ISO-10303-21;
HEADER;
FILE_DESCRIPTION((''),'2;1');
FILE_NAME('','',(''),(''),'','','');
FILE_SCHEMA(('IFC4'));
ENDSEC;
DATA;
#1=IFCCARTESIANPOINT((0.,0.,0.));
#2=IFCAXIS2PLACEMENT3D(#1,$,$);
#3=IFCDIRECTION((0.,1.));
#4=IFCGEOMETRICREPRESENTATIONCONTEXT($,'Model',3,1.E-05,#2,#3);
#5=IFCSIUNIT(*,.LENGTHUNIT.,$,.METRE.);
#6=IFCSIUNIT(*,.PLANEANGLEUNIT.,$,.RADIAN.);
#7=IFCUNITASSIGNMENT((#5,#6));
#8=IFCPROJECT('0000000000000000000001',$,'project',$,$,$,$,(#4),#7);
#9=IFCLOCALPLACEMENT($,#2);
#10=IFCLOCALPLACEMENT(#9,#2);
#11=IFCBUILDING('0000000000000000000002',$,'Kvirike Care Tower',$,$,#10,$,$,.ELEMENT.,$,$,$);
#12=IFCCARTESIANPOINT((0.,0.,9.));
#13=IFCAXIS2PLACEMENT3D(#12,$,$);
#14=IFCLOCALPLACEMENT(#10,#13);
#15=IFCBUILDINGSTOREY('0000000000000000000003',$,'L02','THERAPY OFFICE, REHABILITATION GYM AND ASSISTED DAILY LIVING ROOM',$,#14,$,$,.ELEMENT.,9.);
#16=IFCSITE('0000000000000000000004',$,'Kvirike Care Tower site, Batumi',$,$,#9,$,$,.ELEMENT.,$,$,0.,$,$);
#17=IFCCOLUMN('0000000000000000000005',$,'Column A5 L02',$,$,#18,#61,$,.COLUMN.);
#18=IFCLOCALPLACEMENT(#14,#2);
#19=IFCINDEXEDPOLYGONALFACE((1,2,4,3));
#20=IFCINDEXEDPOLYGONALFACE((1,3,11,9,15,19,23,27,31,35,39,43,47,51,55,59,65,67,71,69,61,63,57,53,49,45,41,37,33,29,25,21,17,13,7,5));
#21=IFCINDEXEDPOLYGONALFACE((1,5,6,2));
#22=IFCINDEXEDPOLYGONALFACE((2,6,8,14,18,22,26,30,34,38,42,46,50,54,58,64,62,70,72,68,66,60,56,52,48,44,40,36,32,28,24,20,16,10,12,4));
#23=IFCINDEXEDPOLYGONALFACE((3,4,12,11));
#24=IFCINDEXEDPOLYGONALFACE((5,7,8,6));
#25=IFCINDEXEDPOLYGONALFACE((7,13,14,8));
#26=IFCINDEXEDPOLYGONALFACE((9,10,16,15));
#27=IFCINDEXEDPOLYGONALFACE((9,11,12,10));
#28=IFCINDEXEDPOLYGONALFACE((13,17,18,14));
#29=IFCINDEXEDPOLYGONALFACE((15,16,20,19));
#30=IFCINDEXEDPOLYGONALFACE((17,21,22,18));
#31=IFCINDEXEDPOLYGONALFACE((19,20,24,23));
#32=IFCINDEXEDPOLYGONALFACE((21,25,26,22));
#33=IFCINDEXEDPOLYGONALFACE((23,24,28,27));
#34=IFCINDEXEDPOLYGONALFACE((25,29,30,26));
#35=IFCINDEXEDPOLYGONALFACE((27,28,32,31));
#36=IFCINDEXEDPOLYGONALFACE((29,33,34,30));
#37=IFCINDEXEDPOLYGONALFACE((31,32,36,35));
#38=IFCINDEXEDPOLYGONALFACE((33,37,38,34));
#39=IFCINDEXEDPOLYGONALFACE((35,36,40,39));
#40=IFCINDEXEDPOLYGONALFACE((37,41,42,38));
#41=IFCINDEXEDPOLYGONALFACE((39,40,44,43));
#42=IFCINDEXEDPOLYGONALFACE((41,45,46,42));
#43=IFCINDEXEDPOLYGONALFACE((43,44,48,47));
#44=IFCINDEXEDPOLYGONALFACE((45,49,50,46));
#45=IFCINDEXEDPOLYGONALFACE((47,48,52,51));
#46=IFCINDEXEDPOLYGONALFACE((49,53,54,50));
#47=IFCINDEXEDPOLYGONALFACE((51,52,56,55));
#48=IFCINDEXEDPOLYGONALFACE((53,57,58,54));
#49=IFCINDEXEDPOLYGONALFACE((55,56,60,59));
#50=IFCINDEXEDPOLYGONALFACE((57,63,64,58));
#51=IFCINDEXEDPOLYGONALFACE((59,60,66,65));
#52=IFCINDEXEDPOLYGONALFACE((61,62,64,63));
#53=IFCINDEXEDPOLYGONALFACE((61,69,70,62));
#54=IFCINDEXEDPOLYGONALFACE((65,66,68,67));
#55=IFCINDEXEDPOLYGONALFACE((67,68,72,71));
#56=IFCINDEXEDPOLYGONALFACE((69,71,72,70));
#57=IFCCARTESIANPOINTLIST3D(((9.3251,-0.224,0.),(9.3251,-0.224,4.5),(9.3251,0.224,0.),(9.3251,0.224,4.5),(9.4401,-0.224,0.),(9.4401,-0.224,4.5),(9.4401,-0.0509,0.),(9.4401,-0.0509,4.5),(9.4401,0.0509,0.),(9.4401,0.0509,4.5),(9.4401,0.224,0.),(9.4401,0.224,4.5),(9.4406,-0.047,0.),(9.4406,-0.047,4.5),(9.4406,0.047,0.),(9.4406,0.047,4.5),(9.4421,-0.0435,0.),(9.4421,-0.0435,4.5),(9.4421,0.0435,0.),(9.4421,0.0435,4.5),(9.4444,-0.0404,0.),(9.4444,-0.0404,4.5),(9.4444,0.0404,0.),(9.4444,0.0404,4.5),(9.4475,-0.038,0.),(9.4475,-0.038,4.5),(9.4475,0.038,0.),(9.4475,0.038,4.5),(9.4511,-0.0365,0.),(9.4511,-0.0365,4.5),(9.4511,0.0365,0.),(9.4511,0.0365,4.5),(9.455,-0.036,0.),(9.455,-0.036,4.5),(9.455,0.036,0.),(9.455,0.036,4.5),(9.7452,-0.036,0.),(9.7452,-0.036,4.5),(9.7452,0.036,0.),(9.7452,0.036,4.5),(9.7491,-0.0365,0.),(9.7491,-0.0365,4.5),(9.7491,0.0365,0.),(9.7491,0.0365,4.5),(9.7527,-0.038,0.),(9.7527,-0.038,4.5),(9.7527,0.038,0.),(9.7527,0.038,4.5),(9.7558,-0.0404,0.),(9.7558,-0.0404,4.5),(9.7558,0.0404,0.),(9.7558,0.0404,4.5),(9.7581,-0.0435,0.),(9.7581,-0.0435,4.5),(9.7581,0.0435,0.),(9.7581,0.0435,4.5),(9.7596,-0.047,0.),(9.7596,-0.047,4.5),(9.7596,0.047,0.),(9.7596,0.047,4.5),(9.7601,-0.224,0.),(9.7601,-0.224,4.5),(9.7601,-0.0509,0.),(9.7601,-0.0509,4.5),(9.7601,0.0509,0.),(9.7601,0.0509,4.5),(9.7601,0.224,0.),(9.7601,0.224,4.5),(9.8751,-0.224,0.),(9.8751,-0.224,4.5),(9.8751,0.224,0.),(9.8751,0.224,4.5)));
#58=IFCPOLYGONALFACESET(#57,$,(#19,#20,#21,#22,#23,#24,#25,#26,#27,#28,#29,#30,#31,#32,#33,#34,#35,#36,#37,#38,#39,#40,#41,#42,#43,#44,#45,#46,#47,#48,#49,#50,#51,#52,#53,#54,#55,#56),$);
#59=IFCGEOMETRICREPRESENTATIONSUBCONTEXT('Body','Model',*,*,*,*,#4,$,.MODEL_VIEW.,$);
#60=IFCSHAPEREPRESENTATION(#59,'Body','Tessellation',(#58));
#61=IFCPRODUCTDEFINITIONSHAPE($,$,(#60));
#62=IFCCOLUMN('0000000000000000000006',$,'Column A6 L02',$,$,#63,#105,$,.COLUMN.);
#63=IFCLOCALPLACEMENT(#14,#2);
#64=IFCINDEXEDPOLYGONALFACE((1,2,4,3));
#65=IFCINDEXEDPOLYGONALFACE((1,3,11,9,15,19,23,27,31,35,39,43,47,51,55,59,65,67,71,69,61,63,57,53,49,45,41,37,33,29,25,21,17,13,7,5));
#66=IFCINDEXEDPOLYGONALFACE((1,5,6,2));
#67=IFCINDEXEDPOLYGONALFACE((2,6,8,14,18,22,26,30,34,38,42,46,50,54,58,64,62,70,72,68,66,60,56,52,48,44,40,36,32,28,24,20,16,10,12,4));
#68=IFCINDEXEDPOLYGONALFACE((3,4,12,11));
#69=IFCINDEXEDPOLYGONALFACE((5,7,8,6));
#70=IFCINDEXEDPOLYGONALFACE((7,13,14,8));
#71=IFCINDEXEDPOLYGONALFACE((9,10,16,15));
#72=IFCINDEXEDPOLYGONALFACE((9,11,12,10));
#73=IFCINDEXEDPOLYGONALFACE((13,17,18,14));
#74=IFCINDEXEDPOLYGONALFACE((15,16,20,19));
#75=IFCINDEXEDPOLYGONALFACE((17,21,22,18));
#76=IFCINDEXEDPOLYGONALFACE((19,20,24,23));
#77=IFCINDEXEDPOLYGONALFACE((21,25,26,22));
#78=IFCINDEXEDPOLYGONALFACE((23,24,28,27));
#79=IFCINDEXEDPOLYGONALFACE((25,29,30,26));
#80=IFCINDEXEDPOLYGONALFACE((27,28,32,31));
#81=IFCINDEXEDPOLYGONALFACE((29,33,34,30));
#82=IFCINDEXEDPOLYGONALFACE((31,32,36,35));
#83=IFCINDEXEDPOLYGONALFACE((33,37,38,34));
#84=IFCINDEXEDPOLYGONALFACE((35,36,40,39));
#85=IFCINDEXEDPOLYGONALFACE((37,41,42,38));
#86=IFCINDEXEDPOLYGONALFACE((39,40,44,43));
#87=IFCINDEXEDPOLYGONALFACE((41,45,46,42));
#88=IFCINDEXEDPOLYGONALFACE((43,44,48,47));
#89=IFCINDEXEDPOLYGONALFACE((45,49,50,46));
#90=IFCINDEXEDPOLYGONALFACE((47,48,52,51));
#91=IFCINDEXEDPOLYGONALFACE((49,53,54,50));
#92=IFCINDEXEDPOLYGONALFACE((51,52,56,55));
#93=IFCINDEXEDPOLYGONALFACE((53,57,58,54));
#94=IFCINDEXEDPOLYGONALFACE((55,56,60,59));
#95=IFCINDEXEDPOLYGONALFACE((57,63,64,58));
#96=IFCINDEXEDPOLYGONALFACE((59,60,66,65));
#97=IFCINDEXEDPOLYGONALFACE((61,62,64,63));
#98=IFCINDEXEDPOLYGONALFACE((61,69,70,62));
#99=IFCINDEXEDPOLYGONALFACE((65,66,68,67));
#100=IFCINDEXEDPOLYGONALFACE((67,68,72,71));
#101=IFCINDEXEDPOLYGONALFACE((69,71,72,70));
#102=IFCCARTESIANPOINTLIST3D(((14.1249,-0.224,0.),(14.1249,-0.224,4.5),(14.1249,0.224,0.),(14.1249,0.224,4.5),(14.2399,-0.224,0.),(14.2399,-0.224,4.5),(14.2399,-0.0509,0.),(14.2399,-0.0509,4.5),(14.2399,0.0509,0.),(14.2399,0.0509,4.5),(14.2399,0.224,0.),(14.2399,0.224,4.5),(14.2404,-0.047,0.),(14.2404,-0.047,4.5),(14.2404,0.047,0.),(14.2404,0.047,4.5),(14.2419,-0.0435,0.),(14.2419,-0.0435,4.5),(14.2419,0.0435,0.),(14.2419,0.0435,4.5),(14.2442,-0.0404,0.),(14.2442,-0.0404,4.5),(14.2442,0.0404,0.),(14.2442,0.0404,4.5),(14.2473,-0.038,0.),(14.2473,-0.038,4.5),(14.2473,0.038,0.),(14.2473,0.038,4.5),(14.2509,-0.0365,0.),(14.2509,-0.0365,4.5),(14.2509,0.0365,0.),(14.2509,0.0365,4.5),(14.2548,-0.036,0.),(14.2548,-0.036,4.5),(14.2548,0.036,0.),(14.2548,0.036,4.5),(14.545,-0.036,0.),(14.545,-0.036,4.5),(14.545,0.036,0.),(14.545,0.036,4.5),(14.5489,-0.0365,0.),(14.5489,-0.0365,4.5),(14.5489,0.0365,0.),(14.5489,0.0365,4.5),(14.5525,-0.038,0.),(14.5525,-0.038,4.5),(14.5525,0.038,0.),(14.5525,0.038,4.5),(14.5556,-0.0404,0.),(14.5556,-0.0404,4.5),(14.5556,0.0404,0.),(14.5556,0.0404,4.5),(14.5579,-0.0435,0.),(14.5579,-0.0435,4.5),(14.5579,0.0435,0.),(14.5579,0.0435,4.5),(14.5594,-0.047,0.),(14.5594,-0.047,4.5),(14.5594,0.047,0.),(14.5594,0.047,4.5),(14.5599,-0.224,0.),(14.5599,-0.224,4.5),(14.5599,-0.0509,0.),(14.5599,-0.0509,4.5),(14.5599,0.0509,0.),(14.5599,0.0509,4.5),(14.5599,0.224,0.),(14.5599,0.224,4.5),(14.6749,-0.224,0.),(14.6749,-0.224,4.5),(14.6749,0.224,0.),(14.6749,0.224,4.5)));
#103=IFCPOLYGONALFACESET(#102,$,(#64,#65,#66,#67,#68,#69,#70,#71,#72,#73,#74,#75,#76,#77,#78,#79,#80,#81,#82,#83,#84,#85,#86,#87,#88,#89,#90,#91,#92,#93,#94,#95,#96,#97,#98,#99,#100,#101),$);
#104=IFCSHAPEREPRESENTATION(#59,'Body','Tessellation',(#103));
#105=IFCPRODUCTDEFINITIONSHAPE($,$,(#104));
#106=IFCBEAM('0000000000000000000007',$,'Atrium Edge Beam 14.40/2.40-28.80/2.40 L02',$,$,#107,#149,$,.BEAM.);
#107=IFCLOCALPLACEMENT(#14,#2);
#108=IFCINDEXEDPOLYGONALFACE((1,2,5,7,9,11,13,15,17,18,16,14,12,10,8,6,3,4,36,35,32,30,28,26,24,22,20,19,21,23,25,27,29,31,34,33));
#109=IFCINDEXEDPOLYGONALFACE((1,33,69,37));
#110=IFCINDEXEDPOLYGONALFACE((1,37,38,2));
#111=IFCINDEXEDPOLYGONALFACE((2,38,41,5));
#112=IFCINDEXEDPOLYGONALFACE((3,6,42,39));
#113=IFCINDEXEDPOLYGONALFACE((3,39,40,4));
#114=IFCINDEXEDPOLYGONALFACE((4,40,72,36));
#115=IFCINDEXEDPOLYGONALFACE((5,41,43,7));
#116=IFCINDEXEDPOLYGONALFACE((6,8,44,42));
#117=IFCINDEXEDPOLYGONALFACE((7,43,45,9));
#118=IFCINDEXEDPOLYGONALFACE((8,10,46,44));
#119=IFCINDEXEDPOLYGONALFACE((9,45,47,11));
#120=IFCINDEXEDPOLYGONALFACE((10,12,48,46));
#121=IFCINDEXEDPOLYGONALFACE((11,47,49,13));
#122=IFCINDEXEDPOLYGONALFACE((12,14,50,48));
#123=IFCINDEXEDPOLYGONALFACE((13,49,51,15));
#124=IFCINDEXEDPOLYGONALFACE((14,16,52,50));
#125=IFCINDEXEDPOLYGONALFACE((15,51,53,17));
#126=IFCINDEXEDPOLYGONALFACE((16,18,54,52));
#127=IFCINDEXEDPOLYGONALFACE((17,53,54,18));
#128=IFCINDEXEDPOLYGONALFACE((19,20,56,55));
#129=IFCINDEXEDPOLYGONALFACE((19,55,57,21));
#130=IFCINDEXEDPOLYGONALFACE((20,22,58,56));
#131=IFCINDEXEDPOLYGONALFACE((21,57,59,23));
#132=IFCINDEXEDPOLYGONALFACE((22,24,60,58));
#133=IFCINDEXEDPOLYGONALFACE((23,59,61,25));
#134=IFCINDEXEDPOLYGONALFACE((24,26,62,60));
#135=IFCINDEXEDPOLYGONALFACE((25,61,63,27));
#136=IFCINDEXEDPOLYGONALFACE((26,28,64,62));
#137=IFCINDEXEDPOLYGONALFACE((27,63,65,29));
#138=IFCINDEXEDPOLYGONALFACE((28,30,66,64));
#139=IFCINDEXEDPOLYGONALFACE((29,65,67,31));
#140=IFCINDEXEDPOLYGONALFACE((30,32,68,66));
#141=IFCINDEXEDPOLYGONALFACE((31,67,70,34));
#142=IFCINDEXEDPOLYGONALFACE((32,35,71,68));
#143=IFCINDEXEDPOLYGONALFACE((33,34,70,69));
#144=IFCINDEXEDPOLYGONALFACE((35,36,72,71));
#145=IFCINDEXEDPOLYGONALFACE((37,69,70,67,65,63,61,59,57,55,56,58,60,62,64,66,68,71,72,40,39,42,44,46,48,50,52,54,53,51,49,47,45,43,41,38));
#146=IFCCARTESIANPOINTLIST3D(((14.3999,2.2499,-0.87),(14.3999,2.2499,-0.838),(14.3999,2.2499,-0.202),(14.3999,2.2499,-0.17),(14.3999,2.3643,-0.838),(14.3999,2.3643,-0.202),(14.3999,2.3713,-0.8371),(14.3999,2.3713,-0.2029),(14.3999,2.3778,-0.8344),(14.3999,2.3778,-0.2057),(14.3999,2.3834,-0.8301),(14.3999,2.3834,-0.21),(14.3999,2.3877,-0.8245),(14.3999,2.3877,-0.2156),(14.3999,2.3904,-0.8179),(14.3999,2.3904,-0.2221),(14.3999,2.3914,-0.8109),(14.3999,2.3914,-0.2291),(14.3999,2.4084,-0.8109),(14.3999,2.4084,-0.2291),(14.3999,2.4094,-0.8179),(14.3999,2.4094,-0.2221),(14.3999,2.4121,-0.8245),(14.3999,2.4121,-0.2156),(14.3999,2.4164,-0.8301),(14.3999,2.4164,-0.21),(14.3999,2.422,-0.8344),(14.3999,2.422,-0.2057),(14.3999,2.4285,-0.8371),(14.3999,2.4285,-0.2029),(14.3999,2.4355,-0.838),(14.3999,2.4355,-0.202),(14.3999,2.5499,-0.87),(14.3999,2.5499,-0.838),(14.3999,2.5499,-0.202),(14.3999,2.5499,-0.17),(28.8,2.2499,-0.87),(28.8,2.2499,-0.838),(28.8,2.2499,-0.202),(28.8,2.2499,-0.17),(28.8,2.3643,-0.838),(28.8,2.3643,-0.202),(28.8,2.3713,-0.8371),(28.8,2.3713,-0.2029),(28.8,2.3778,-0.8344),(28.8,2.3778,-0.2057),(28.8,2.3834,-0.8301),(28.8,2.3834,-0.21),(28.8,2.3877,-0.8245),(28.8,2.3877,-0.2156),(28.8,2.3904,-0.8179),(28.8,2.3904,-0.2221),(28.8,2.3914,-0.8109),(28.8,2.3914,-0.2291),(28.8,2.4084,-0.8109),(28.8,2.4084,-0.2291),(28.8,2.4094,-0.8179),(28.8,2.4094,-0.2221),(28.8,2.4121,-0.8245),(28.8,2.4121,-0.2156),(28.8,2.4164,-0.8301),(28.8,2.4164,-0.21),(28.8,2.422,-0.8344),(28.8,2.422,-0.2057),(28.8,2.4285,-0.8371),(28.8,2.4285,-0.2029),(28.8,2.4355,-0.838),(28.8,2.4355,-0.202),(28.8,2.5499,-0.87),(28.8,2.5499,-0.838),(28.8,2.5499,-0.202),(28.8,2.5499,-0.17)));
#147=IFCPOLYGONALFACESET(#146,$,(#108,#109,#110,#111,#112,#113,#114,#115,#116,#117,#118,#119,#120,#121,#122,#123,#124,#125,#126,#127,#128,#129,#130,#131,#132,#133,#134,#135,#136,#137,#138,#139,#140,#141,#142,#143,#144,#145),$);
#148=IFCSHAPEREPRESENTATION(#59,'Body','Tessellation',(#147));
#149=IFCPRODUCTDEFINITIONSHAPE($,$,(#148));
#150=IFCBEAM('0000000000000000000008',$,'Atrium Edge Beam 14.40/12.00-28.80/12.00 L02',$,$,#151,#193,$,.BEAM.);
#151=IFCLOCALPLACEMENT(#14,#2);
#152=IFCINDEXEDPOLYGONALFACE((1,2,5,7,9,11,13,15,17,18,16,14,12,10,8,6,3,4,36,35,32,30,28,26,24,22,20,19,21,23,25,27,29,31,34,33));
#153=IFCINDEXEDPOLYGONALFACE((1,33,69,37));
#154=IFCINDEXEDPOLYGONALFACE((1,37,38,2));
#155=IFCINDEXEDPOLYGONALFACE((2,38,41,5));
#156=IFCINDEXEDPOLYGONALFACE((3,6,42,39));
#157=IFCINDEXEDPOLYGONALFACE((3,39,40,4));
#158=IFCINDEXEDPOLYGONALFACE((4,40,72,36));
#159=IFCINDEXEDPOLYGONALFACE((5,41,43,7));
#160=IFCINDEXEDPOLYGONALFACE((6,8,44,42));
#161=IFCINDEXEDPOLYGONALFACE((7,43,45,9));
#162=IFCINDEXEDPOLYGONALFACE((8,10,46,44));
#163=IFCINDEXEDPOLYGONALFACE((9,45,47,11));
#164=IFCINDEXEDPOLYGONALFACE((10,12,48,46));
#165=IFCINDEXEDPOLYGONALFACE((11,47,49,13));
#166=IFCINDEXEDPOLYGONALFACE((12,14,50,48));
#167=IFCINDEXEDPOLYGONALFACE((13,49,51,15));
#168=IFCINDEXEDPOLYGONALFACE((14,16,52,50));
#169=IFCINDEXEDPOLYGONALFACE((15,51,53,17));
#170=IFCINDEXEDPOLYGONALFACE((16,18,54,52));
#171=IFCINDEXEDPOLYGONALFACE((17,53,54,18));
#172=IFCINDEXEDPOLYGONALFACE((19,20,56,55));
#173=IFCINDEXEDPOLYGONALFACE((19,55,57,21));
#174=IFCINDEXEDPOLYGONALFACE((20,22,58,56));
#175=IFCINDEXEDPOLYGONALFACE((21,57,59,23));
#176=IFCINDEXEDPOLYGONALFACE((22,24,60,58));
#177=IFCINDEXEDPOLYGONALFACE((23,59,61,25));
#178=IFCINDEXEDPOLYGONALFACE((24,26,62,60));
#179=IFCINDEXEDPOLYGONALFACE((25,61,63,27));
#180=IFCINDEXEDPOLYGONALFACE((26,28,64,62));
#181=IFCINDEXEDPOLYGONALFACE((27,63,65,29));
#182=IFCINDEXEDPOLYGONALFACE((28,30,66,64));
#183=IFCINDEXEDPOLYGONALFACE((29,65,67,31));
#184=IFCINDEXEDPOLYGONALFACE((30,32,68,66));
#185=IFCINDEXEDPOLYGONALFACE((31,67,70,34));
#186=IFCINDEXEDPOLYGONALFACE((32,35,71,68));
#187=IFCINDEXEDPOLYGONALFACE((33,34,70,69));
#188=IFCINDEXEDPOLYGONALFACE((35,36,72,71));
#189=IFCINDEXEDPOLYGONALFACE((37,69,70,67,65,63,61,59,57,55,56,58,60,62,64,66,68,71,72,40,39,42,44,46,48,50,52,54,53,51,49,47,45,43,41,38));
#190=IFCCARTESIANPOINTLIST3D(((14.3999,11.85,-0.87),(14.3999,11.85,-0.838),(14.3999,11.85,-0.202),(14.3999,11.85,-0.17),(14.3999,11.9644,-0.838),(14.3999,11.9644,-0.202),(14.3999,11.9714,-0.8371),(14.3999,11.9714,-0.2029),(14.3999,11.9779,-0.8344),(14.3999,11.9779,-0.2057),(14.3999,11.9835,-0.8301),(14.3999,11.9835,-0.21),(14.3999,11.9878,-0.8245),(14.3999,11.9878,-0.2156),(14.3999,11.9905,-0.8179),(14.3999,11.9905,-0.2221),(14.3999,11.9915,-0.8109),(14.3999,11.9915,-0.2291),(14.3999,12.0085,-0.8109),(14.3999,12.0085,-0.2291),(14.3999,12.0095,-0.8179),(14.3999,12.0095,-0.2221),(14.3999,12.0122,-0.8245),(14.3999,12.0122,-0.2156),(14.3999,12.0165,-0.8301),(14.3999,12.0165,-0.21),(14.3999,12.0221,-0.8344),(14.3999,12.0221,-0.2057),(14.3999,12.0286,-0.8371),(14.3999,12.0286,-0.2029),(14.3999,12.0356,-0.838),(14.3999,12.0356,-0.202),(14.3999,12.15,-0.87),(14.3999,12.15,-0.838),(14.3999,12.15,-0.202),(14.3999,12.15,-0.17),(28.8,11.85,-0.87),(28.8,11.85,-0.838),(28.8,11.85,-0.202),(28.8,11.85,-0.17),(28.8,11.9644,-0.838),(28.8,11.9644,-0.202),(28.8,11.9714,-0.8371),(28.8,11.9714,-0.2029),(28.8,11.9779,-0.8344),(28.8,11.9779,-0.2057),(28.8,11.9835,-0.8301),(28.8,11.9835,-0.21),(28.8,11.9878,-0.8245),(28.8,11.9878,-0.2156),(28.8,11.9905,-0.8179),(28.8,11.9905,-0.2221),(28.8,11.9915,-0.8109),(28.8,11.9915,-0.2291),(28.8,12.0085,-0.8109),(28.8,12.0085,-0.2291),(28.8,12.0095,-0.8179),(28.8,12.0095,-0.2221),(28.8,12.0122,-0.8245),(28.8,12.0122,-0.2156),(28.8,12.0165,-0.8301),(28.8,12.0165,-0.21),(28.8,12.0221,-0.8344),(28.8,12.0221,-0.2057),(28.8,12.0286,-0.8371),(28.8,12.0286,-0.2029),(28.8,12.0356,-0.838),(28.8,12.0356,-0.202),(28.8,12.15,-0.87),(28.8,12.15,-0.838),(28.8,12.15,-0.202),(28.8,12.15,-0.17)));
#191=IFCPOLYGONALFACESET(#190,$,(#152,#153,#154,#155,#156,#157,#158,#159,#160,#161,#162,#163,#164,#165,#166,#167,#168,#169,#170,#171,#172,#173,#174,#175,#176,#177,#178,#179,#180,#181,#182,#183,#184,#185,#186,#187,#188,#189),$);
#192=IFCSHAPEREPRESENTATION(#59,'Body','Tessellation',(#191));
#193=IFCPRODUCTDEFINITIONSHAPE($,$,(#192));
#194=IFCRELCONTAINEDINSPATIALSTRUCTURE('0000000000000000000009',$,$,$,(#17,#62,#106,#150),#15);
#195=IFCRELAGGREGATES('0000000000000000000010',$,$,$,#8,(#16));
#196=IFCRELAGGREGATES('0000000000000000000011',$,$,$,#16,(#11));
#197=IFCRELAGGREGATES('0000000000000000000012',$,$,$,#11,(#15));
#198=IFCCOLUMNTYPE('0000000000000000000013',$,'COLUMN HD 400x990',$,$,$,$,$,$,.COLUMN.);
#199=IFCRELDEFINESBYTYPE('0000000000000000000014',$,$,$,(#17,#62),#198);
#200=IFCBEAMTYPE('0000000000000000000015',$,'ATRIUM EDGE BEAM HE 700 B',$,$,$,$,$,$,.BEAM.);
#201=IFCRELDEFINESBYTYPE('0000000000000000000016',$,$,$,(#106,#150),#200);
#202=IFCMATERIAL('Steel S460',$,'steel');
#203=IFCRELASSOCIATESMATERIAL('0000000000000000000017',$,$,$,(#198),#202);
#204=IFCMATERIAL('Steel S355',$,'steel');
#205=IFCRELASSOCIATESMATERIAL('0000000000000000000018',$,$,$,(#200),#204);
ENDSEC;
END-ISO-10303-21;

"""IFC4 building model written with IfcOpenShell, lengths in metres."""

from ifc_helpers import new_model, si_unit, direction, frame, origin, origin_2d, place, context, subcontext, project, spatial, i_section, extrude, material, material_profile, profile_set, type_object, element, save


model = new_model("IFC4")

# Units and contexts
model_context = context("Model", 3, precision=1e-05, world=origin(), true_north=direction((0.0, 1.0)))
body_context = subcontext(model_context, "Body", "Model", "MODEL_VIEW")
ifc_project = project(units=[si_unit("LENGTHUNIT", "METRE"), si_unit("PLANEANGLEUNIT", "RADIAN")], contexts=[model_context])

# Site, building, storey
site_placement = place(None, origin())
site = spatial("IfcSite", under=ifc_project, at=site_placement, Name="Kvirike Care Tower site, Batumi", CompositionType="ELEMENT", RefElevation=0.0)
building_placement = place(site_placement, origin())
building = spatial("IfcBuilding", under=site, at=building_placement, Name="Kvirike Care Tower", CompositionType="ELEMENT")
storey_placement = place(building_placement, frame((0.0, 0.0, 9.0)))
storey = spatial("IfcBuildingStorey", under=building, at=storey_placement, Name="L02", Description="THERAPY OFFICE, REHABILITATION GYM AND ASSISTED DAILY LIVING ROOM", CompositionType="ELEMENT", Elevation=9.0)

# Columns
ifc_material_1 = material(Name="Steel S460", Category="steel")
ifc_material_profile_1 = material_profile(ifc_material_1, i_section(OverallWidth=0.448, OverallDepth=0.55, WebThickness=0.072, FlangeThickness=0.115, FilletRadius=0.0149, at=origin_2d()), Name="HD 400x990")
ifc_profile_set_1 = profile_set([ifc_material_profile_1], Name="Steel S460")
column_type_1 = type_object("IfcColumnType", Name="COLUMN HD 400x990", PredefinedType="COLUMN", material=ifc_profile_set_1)
for number, where, z_axis, x_axis, name in (
    (1, (9.6001, 0.0, 0.0), (0.0, 0.0, 1.0), (0.0, 1.0, 0.0), "Column A5 L02"),
    (2, (14.3999, 0.0, 0.0), (0.0, 0.0, 1.0), (0.0, 1.0, 0.0), "Column A6 L02"),
):
    element("IfcColumn", number, at=place(storey_placement, frame(where, z_axis=z_axis, x_axis=x_axis)), inside=storey, type_object=column_type_1, Name=name, PredefinedType="COLUMN", context=body_context, shape_type="SweptSolid", body=[
        extrude(i_section(OverallWidth=0.448, OverallDepth=0.55, WebThickness=0.072, FlangeThickness=0.115, FilletRadius=0.0149, at=origin_2d()), origin(), (0.0, 0.0, 1.0), 4.5),
    ])

# Beams
ifc_material_2 = material(Name="Steel S355", Category="steel")
ifc_material_profile_2 = material_profile(ifc_material_2, i_section(OverallWidth=0.3, OverallDepth=0.7, WebThickness=0.0171, FlangeThickness=0.032, FilletRadius=0.0271, at=origin_2d()), Name="HE 700 B")
ifc_profile_set_2 = profile_set([ifc_material_profile_2], Name="Steel S355")
beam_type_1 = type_object("IfcBeamType", Name="ATRIUM EDGE BEAM HE 700 B", PredefinedType="BEAM", material=ifc_profile_set_2)
for number, where, z_axis, x_axis, name in (
    (3, (14.3999, 2.3999, -0.52), (1.0, 0.0, 0.0), (0.0, 1.0, 0.0), "Atrium Edge Beam 14.40/2.40-28.80/2.40 L02"),
    (4, (14.3999, 12.0, -0.52), (1.0, 0.0, 0.0), (0.0, 1.0, 0.0), "Atrium Edge Beam 14.40/12.00-28.80/12.00 L02"),
):
    element("IfcBeam", number, at=place(storey_placement, frame(where, z_axis=z_axis, x_axis=x_axis)), inside=storey, type_object=beam_type_1, Name=name, PredefinedType="BEAM", context=body_context, shape_type="SweptSolid", body=[
        extrude(i_section(OverallWidth=0.3, OverallDepth=0.7, WebThickness=0.0171, FlangeThickness=0.032, FilletRadius=0.0271, at=origin_2d()), origin(), (0.0, 0.0, 1.0), 14.4001),
    ])

save(model, "model.ifc")
